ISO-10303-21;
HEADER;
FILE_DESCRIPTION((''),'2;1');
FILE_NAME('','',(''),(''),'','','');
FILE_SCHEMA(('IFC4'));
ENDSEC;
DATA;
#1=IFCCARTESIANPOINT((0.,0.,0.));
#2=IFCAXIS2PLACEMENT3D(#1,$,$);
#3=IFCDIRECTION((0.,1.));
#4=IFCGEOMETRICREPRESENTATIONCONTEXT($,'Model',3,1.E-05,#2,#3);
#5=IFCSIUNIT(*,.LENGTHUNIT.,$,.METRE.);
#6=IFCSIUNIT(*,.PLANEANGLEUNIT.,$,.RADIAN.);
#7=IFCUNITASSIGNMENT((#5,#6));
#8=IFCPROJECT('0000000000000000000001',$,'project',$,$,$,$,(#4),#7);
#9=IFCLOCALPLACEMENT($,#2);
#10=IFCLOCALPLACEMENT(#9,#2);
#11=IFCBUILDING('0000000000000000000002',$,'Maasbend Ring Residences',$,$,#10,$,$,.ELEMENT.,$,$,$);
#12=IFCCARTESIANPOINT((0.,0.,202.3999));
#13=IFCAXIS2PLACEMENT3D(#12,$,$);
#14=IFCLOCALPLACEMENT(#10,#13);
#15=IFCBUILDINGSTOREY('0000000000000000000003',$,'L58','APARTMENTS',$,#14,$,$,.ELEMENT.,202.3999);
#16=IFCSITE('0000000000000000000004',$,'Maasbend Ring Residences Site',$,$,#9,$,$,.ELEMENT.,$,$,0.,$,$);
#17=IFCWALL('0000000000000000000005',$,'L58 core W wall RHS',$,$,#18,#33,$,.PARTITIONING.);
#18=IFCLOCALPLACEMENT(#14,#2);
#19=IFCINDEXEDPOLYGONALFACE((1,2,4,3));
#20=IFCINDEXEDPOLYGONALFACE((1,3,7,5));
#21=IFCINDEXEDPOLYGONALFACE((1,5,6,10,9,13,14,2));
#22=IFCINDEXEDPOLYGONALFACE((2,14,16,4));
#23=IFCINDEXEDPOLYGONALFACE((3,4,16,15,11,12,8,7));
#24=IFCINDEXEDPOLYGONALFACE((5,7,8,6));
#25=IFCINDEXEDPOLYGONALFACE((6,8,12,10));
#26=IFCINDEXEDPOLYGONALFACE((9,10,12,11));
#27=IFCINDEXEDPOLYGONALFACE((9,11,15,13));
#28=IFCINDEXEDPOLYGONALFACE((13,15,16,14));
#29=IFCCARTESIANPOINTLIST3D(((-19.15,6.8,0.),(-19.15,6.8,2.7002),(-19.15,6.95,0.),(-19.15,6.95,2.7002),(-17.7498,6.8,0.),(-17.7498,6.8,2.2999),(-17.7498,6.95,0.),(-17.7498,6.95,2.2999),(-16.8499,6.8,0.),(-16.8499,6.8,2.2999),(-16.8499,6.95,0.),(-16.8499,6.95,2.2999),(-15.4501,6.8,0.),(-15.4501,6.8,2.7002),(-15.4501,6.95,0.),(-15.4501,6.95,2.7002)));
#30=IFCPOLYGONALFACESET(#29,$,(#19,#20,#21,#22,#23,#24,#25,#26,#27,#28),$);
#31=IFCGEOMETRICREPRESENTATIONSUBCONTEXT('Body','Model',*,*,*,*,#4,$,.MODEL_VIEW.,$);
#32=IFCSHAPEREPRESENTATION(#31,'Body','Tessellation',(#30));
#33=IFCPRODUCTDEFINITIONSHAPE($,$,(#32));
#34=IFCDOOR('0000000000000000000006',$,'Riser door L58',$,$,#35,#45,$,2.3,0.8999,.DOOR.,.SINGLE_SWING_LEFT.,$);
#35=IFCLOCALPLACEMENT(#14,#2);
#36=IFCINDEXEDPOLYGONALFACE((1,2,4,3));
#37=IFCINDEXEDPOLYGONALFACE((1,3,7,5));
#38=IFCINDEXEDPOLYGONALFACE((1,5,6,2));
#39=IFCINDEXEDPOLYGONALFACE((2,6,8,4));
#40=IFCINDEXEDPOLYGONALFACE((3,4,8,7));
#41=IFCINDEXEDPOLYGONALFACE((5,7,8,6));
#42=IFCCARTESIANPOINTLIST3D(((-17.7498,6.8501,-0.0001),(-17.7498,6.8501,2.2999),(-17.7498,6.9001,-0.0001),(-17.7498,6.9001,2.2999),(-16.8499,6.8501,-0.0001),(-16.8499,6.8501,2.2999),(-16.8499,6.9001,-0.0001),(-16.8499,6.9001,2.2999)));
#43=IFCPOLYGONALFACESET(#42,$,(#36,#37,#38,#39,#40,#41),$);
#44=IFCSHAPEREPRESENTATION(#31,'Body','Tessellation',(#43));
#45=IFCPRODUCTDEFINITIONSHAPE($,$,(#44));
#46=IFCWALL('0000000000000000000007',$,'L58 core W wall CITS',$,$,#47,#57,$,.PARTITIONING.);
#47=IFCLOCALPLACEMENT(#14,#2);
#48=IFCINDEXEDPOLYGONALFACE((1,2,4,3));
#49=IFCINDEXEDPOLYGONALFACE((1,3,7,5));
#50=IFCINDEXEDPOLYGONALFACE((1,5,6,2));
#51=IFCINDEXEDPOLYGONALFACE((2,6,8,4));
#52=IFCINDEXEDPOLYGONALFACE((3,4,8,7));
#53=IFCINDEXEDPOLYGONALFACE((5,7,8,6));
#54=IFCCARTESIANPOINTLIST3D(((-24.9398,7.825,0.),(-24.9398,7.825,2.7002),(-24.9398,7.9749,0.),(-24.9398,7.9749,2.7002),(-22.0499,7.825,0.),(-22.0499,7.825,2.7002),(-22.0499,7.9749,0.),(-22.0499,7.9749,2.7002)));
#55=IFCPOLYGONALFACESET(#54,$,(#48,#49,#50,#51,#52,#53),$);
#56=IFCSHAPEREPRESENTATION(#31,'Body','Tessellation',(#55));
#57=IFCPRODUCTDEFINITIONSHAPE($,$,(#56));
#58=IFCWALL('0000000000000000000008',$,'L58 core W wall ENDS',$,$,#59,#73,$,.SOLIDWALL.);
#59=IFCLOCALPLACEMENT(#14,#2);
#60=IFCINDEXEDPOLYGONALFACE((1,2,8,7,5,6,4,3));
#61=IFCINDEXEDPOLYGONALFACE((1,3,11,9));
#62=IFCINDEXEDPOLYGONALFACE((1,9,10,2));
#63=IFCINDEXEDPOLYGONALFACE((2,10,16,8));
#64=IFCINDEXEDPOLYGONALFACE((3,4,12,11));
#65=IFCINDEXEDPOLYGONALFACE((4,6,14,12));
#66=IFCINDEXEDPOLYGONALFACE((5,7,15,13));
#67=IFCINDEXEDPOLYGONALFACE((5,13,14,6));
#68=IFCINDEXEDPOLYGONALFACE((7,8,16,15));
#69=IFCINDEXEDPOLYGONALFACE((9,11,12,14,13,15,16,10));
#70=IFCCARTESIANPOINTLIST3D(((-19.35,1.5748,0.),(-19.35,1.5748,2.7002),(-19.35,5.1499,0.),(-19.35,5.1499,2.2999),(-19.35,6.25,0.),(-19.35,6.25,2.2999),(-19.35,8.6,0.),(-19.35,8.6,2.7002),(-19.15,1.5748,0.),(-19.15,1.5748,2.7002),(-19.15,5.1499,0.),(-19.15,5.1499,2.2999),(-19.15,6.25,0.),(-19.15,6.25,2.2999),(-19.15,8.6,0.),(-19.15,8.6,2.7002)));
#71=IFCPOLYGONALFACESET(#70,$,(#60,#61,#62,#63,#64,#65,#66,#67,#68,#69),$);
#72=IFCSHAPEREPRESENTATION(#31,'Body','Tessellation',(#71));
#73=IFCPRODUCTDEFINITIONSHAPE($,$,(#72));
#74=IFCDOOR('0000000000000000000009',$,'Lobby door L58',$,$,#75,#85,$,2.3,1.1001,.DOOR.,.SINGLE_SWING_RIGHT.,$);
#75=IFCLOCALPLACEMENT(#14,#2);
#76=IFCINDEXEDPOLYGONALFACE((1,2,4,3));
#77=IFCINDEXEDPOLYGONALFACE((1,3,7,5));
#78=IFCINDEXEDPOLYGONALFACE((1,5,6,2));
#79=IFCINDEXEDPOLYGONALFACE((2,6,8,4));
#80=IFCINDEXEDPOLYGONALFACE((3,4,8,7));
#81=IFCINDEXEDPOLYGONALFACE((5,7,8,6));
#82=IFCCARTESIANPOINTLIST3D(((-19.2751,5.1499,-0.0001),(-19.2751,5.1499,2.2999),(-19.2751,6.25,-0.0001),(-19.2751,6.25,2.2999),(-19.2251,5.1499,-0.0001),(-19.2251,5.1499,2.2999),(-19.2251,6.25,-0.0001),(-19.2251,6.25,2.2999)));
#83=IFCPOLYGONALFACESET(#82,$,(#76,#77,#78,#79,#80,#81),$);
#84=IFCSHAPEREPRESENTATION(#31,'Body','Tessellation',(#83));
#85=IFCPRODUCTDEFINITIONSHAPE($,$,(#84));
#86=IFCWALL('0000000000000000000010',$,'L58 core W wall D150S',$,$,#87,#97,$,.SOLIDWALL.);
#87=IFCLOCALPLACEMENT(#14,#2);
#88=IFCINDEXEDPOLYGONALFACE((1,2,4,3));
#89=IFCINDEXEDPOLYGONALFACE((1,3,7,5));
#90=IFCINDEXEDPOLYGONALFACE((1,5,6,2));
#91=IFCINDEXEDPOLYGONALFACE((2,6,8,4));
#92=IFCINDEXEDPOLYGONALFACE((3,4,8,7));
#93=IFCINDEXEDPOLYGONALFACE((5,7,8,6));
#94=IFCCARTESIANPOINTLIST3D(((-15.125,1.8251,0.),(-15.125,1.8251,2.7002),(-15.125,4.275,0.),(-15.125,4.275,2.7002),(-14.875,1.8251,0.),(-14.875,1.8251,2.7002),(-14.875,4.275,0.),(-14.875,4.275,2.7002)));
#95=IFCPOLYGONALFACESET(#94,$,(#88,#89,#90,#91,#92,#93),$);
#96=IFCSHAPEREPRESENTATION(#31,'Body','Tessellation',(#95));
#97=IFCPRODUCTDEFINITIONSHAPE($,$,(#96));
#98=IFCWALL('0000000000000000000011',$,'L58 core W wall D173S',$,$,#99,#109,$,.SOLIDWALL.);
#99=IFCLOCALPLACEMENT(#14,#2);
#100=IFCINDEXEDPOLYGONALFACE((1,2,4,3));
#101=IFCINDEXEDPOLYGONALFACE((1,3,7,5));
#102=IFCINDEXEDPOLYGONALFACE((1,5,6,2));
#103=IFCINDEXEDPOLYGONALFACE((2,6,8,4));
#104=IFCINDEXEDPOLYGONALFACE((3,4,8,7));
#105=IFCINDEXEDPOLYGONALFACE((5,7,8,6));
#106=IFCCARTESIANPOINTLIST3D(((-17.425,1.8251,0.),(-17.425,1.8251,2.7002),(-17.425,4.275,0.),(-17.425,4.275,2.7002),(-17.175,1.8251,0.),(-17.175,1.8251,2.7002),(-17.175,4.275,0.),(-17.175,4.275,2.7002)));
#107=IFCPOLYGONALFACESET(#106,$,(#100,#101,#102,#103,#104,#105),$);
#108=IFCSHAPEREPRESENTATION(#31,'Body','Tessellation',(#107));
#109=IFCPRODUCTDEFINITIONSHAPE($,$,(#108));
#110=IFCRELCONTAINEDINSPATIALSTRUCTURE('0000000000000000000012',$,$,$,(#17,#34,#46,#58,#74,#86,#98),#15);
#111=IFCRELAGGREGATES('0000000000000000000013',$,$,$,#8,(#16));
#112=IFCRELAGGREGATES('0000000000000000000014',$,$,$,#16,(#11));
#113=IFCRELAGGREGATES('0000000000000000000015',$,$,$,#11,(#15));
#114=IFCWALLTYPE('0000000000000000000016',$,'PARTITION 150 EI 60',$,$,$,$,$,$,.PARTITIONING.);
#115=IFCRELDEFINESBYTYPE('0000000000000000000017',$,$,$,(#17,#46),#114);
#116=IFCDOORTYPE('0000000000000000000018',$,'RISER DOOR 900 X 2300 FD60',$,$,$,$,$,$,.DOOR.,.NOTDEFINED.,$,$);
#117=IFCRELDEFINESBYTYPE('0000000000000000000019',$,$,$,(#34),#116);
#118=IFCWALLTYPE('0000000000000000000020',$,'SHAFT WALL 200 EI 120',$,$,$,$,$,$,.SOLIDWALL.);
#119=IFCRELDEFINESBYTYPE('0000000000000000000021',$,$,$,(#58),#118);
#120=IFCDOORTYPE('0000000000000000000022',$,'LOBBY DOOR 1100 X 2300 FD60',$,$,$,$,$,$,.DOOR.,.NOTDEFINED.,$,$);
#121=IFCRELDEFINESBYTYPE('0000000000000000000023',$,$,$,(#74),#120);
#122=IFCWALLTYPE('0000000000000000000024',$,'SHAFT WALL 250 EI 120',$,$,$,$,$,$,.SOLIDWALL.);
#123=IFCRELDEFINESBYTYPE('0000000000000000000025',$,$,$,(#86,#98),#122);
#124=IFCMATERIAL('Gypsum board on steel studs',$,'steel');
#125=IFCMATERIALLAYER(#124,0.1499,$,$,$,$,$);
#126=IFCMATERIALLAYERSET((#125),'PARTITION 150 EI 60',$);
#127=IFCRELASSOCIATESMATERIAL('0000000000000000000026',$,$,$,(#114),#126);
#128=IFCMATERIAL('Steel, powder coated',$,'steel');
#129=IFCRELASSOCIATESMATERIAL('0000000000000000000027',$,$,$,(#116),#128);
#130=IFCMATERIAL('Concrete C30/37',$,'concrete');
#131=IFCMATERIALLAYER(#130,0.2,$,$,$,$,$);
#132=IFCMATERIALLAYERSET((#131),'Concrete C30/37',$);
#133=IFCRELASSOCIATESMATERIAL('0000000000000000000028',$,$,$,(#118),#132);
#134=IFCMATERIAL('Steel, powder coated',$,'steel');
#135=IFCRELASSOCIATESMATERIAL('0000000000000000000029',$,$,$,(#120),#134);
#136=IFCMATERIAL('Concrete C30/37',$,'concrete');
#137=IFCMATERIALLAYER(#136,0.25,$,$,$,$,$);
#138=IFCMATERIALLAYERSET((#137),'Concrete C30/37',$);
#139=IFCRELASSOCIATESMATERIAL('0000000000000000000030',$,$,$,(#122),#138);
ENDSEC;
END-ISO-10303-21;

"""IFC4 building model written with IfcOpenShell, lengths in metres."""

from ifc_helpers import new_model, si_unit, direction, frame, frame_2d, origin, place, context, subcontext, project, spatial, rectangle, extrude, material, layer, layer_set, type_object, element, fill, save


model = new_model("IFC4")

# Units and contexts
model_context = context("Model", 3, precision=1e-05, world=origin(), true_north=direction((0.0, 1.0)))
body_context = subcontext(model_context, "Body", "Model", "MODEL_VIEW")
ifc_project = project(units=[si_unit("LENGTHUNIT", "METRE"), si_unit("PLANEANGLEUNIT", "RADIAN")], contexts=[model_context])

# Site, building, storey
site_placement = place(None, origin())
site = spatial("IfcSite", under=ifc_project, at=site_placement, Name="Maasbend Ring Residences Site", CompositionType="ELEMENT", RefElevation=0.0)
building_placement = place(site_placement, origin())
building = spatial("IfcBuilding", under=site, at=building_placement, Name="Maasbend Ring Residences", CompositionType="ELEMENT")
storey_placement = place(building_placement, frame((0.0, 0.0, 202.3999)))
storey = spatial("IfcBuildingStorey", under=building, at=storey_placement, Name="L58", Description="APARTMENTS", CompositionType="ELEMENT", Elevation=202.3999)

# Wall, opening, door
ifc_material_1 = material(Name="Gypsum board on steel studs", Category="steel")
ifc_layer_1 = layer(ifc_material_1, 0.1499)
ifc_layer_set_1 = layer_set([ifc_layer_1], Name="PARTITION 150 EI 60")
wall_type_1 = type_object("IfcWallType", Name="PARTITION 150 EI 60", PredefinedType="PARTITIONING", material=ifc_layer_set_1)
wall_1_placement = place(storey_placement, frame((-15.45, 6.875, 0.0), z_axis=(0.0, 0.0, 1.0), x_axis=(-1.0, 0.0, 0.0)))
wall_1 = element("IfcWall", 1, at=wall_1_placement, inside=storey, type_object=wall_type_1, Name="L58 core W wall RHS", PredefinedType="PARTITIONING", context=body_context, shape_type="SweptSolid", body=[
    extrude(rectangle(XDim=3.7, YDim=0.1499, at=frame_2d((1.8501, 0.0))), origin(), (0.0, 0.0, 1.0), 2.7002),
])
opening_1_placement = place(wall_1_placement, frame((1.3999, 0.0, 0.0)))
opening_1 = element("IfcOpeningElement", 2, at=opening_1_placement, cuts=wall_1, PredefinedType="OPENING", context=body_context, shape_type="SweptSolid", body=[
    extrude(rectangle(XDim=0.8999, YDim=2.3, at=frame_2d((0.45, 1.1499))), frame((0.0, 0.085, 0.0), z_axis=(0.0, -1.0, 0.0), x_axis=(1.0, 0.0, 0.0)), (0.0, 0.0, 1.0), 0.1699),
])
ifc_material_2 = material(Name="Steel, powder coated", Category="steel")
door_type_1 = type_object("IfcDoorType", Name="RISER DOOR 900 X 2300 FD60", OperationType="NOTDEFINED", PredefinedType="DOOR", material=ifc_material_2)
door_1_placement = place(opening_1_placement, origin())
door_1 = element("IfcDoor", 3, at=door_1_placement, inside=storey, type_object=door_type_1, Name="Riser door L58", OperationType="SINGLE_SWING_LEFT", OverallHeight=2.3, OverallWidth=0.8999, PredefinedType="DOOR", context=body_context, shape_type="SweptSolid", body=[
    extrude(rectangle(XDim=0.8999, YDim=2.3, at=frame_2d((0.45, 1.1499))), frame((0.0, 0.0249, 0.0), z_axis=(0.0, -1.0, 0.0), x_axis=(1.0, 0.0, 0.0)), (0.0, 0.0, 1.0), 0.05),
])
fill(opening_1, door_1)

# Wall
wall_2_placement = place(storey_placement, frame((-22.05, 7.8999, 0.0), z_axis=(0.0, 0.0, 1.0), x_axis=(-1.0, 0.0, 0.0)))
element("IfcWall", 4, at=wall_2_placement, inside=storey, type_object=wall_type_1, Name="L58 core W wall CITS", PredefinedType="PARTITIONING", context=body_context, shape_type="SweptSolid", body=[
    extrude(rectangle(XDim=2.8899, YDim=0.1499, at=frame_2d((1.4448, 0.0))), origin(), (0.0, 0.0, 1.0), 2.7002),
])

# Wall, opening, door
ifc_material_3 = material(Name="Concrete C30/37", Category="concrete")
ifc_layer_2 = layer(ifc_material_3, 0.2)
ifc_layer_set_2 = layer_set([ifc_layer_2], Name="Concrete C30/37")
wall_type_2 = type_object("IfcWallType", Name="SHAFT WALL 200 EI 120", PredefinedType="SOLIDWALL", material=ifc_layer_set_2)
wall_3_placement = place(storey_placement, frame((-19.25, 8.6001, 0.0), z_axis=(0.0, 0.0, 1.0), x_axis=(0.0, -1.0, 0.0)))
wall_3 = element("IfcWall", 5, at=wall_3_placement, inside=storey, type_object=wall_type_2, Name="L58 core W wall ENDS", PredefinedType="SOLIDWALL", context=body_context, shape_type="SweptSolid", body=[
    extrude(rectangle(XDim=7.0251, YDim=0.2, at=frame_2d((3.5127, 0.0))), origin(), (0.0, 0.0, 1.0), 2.7002),
])
opening_2_placement = place(wall_3_placement, frame((2.3501, 0.0, 0.0)))
opening_2 = element("IfcOpeningElement", 6, at=opening_2_placement, cuts=wall_3, PredefinedType="OPENING", context=body_context, shape_type="SweptSolid", body=[
    extrude(rectangle(XDim=1.1001, YDim=2.3, at=frame_2d((0.55, 1.1499))), frame((0.0, 0.1099, 0.0), z_axis=(0.0, -1.0, 0.0), x_axis=(1.0, 0.0, 0.0)), (0.0, 0.0, 1.0), 0.22),
])
ifc_material_4 = material(Name="Steel, powder coated", Category="steel")
door_type_2 = type_object("IfcDoorType", Name="LOBBY DOOR 1100 X 2300 FD60", OperationType="NOTDEFINED", PredefinedType="DOOR", material=ifc_material_4)
door_2_placement = place(opening_2_placement, origin())
door_2 = element("IfcDoor", 7, at=door_2_placement, inside=storey, type_object=door_type_2, Name="Lobby door L58", OperationType="SINGLE_SWING_RIGHT", OverallHeight=2.3, OverallWidth=1.1001, PredefinedType="DOOR", context=body_context, shape_type="SweptSolid", body=[
    extrude(rectangle(XDim=1.1001, YDim=2.3, at=frame_2d((0.55, 1.1499))), frame((0.0, 0.0249, 0.0), z_axis=(0.0, -1.0, 0.0), x_axis=(1.0, 0.0, 0.0)), (0.0, 0.0, 1.0), 0.05),
])
fill(opening_2, door_2)

# Walls
ifc_material_5 = material(Name="Concrete C30/37", Category="concrete")
ifc_layer_3 = layer(ifc_material_5, 0.25)
ifc_layer_set_3 = layer_set([ifc_layer_3], Name="Concrete C30/37")
wall_type_3 = type_object("IfcWallType", Name="SHAFT WALL 250 EI 120", PredefinedType="SOLIDWALL", material=ifc_layer_set_3)
for number, where, z_axis, x_axis, name in (
    (8, (-15.0, 1.825, 0.0), (0.0, 0.0, 1.0), (0.0, 1.0, 0.0), "L58 core W wall D150S"),
    (9, (-17.3, 1.825, 0.0), (0.0, 0.0, 1.0), (0.0, 1.0, 0.0), "L58 core W wall D173S"),
):
    element("IfcWall", number, at=place(storey_placement, frame(where, z_axis=z_axis, x_axis=x_axis)), inside=storey, type_object=wall_type_3, Name=name, PredefinedType="SOLIDWALL", context=body_context, shape_type="SweptSolid", body=[
        extrude(rectangle(XDim=2.45, YDim=0.25, at=frame_2d((1.2251, 0.0))), origin(), (0.0, 0.0, 1.0), 2.7002),
    ])

save(model, "model.ifc")
